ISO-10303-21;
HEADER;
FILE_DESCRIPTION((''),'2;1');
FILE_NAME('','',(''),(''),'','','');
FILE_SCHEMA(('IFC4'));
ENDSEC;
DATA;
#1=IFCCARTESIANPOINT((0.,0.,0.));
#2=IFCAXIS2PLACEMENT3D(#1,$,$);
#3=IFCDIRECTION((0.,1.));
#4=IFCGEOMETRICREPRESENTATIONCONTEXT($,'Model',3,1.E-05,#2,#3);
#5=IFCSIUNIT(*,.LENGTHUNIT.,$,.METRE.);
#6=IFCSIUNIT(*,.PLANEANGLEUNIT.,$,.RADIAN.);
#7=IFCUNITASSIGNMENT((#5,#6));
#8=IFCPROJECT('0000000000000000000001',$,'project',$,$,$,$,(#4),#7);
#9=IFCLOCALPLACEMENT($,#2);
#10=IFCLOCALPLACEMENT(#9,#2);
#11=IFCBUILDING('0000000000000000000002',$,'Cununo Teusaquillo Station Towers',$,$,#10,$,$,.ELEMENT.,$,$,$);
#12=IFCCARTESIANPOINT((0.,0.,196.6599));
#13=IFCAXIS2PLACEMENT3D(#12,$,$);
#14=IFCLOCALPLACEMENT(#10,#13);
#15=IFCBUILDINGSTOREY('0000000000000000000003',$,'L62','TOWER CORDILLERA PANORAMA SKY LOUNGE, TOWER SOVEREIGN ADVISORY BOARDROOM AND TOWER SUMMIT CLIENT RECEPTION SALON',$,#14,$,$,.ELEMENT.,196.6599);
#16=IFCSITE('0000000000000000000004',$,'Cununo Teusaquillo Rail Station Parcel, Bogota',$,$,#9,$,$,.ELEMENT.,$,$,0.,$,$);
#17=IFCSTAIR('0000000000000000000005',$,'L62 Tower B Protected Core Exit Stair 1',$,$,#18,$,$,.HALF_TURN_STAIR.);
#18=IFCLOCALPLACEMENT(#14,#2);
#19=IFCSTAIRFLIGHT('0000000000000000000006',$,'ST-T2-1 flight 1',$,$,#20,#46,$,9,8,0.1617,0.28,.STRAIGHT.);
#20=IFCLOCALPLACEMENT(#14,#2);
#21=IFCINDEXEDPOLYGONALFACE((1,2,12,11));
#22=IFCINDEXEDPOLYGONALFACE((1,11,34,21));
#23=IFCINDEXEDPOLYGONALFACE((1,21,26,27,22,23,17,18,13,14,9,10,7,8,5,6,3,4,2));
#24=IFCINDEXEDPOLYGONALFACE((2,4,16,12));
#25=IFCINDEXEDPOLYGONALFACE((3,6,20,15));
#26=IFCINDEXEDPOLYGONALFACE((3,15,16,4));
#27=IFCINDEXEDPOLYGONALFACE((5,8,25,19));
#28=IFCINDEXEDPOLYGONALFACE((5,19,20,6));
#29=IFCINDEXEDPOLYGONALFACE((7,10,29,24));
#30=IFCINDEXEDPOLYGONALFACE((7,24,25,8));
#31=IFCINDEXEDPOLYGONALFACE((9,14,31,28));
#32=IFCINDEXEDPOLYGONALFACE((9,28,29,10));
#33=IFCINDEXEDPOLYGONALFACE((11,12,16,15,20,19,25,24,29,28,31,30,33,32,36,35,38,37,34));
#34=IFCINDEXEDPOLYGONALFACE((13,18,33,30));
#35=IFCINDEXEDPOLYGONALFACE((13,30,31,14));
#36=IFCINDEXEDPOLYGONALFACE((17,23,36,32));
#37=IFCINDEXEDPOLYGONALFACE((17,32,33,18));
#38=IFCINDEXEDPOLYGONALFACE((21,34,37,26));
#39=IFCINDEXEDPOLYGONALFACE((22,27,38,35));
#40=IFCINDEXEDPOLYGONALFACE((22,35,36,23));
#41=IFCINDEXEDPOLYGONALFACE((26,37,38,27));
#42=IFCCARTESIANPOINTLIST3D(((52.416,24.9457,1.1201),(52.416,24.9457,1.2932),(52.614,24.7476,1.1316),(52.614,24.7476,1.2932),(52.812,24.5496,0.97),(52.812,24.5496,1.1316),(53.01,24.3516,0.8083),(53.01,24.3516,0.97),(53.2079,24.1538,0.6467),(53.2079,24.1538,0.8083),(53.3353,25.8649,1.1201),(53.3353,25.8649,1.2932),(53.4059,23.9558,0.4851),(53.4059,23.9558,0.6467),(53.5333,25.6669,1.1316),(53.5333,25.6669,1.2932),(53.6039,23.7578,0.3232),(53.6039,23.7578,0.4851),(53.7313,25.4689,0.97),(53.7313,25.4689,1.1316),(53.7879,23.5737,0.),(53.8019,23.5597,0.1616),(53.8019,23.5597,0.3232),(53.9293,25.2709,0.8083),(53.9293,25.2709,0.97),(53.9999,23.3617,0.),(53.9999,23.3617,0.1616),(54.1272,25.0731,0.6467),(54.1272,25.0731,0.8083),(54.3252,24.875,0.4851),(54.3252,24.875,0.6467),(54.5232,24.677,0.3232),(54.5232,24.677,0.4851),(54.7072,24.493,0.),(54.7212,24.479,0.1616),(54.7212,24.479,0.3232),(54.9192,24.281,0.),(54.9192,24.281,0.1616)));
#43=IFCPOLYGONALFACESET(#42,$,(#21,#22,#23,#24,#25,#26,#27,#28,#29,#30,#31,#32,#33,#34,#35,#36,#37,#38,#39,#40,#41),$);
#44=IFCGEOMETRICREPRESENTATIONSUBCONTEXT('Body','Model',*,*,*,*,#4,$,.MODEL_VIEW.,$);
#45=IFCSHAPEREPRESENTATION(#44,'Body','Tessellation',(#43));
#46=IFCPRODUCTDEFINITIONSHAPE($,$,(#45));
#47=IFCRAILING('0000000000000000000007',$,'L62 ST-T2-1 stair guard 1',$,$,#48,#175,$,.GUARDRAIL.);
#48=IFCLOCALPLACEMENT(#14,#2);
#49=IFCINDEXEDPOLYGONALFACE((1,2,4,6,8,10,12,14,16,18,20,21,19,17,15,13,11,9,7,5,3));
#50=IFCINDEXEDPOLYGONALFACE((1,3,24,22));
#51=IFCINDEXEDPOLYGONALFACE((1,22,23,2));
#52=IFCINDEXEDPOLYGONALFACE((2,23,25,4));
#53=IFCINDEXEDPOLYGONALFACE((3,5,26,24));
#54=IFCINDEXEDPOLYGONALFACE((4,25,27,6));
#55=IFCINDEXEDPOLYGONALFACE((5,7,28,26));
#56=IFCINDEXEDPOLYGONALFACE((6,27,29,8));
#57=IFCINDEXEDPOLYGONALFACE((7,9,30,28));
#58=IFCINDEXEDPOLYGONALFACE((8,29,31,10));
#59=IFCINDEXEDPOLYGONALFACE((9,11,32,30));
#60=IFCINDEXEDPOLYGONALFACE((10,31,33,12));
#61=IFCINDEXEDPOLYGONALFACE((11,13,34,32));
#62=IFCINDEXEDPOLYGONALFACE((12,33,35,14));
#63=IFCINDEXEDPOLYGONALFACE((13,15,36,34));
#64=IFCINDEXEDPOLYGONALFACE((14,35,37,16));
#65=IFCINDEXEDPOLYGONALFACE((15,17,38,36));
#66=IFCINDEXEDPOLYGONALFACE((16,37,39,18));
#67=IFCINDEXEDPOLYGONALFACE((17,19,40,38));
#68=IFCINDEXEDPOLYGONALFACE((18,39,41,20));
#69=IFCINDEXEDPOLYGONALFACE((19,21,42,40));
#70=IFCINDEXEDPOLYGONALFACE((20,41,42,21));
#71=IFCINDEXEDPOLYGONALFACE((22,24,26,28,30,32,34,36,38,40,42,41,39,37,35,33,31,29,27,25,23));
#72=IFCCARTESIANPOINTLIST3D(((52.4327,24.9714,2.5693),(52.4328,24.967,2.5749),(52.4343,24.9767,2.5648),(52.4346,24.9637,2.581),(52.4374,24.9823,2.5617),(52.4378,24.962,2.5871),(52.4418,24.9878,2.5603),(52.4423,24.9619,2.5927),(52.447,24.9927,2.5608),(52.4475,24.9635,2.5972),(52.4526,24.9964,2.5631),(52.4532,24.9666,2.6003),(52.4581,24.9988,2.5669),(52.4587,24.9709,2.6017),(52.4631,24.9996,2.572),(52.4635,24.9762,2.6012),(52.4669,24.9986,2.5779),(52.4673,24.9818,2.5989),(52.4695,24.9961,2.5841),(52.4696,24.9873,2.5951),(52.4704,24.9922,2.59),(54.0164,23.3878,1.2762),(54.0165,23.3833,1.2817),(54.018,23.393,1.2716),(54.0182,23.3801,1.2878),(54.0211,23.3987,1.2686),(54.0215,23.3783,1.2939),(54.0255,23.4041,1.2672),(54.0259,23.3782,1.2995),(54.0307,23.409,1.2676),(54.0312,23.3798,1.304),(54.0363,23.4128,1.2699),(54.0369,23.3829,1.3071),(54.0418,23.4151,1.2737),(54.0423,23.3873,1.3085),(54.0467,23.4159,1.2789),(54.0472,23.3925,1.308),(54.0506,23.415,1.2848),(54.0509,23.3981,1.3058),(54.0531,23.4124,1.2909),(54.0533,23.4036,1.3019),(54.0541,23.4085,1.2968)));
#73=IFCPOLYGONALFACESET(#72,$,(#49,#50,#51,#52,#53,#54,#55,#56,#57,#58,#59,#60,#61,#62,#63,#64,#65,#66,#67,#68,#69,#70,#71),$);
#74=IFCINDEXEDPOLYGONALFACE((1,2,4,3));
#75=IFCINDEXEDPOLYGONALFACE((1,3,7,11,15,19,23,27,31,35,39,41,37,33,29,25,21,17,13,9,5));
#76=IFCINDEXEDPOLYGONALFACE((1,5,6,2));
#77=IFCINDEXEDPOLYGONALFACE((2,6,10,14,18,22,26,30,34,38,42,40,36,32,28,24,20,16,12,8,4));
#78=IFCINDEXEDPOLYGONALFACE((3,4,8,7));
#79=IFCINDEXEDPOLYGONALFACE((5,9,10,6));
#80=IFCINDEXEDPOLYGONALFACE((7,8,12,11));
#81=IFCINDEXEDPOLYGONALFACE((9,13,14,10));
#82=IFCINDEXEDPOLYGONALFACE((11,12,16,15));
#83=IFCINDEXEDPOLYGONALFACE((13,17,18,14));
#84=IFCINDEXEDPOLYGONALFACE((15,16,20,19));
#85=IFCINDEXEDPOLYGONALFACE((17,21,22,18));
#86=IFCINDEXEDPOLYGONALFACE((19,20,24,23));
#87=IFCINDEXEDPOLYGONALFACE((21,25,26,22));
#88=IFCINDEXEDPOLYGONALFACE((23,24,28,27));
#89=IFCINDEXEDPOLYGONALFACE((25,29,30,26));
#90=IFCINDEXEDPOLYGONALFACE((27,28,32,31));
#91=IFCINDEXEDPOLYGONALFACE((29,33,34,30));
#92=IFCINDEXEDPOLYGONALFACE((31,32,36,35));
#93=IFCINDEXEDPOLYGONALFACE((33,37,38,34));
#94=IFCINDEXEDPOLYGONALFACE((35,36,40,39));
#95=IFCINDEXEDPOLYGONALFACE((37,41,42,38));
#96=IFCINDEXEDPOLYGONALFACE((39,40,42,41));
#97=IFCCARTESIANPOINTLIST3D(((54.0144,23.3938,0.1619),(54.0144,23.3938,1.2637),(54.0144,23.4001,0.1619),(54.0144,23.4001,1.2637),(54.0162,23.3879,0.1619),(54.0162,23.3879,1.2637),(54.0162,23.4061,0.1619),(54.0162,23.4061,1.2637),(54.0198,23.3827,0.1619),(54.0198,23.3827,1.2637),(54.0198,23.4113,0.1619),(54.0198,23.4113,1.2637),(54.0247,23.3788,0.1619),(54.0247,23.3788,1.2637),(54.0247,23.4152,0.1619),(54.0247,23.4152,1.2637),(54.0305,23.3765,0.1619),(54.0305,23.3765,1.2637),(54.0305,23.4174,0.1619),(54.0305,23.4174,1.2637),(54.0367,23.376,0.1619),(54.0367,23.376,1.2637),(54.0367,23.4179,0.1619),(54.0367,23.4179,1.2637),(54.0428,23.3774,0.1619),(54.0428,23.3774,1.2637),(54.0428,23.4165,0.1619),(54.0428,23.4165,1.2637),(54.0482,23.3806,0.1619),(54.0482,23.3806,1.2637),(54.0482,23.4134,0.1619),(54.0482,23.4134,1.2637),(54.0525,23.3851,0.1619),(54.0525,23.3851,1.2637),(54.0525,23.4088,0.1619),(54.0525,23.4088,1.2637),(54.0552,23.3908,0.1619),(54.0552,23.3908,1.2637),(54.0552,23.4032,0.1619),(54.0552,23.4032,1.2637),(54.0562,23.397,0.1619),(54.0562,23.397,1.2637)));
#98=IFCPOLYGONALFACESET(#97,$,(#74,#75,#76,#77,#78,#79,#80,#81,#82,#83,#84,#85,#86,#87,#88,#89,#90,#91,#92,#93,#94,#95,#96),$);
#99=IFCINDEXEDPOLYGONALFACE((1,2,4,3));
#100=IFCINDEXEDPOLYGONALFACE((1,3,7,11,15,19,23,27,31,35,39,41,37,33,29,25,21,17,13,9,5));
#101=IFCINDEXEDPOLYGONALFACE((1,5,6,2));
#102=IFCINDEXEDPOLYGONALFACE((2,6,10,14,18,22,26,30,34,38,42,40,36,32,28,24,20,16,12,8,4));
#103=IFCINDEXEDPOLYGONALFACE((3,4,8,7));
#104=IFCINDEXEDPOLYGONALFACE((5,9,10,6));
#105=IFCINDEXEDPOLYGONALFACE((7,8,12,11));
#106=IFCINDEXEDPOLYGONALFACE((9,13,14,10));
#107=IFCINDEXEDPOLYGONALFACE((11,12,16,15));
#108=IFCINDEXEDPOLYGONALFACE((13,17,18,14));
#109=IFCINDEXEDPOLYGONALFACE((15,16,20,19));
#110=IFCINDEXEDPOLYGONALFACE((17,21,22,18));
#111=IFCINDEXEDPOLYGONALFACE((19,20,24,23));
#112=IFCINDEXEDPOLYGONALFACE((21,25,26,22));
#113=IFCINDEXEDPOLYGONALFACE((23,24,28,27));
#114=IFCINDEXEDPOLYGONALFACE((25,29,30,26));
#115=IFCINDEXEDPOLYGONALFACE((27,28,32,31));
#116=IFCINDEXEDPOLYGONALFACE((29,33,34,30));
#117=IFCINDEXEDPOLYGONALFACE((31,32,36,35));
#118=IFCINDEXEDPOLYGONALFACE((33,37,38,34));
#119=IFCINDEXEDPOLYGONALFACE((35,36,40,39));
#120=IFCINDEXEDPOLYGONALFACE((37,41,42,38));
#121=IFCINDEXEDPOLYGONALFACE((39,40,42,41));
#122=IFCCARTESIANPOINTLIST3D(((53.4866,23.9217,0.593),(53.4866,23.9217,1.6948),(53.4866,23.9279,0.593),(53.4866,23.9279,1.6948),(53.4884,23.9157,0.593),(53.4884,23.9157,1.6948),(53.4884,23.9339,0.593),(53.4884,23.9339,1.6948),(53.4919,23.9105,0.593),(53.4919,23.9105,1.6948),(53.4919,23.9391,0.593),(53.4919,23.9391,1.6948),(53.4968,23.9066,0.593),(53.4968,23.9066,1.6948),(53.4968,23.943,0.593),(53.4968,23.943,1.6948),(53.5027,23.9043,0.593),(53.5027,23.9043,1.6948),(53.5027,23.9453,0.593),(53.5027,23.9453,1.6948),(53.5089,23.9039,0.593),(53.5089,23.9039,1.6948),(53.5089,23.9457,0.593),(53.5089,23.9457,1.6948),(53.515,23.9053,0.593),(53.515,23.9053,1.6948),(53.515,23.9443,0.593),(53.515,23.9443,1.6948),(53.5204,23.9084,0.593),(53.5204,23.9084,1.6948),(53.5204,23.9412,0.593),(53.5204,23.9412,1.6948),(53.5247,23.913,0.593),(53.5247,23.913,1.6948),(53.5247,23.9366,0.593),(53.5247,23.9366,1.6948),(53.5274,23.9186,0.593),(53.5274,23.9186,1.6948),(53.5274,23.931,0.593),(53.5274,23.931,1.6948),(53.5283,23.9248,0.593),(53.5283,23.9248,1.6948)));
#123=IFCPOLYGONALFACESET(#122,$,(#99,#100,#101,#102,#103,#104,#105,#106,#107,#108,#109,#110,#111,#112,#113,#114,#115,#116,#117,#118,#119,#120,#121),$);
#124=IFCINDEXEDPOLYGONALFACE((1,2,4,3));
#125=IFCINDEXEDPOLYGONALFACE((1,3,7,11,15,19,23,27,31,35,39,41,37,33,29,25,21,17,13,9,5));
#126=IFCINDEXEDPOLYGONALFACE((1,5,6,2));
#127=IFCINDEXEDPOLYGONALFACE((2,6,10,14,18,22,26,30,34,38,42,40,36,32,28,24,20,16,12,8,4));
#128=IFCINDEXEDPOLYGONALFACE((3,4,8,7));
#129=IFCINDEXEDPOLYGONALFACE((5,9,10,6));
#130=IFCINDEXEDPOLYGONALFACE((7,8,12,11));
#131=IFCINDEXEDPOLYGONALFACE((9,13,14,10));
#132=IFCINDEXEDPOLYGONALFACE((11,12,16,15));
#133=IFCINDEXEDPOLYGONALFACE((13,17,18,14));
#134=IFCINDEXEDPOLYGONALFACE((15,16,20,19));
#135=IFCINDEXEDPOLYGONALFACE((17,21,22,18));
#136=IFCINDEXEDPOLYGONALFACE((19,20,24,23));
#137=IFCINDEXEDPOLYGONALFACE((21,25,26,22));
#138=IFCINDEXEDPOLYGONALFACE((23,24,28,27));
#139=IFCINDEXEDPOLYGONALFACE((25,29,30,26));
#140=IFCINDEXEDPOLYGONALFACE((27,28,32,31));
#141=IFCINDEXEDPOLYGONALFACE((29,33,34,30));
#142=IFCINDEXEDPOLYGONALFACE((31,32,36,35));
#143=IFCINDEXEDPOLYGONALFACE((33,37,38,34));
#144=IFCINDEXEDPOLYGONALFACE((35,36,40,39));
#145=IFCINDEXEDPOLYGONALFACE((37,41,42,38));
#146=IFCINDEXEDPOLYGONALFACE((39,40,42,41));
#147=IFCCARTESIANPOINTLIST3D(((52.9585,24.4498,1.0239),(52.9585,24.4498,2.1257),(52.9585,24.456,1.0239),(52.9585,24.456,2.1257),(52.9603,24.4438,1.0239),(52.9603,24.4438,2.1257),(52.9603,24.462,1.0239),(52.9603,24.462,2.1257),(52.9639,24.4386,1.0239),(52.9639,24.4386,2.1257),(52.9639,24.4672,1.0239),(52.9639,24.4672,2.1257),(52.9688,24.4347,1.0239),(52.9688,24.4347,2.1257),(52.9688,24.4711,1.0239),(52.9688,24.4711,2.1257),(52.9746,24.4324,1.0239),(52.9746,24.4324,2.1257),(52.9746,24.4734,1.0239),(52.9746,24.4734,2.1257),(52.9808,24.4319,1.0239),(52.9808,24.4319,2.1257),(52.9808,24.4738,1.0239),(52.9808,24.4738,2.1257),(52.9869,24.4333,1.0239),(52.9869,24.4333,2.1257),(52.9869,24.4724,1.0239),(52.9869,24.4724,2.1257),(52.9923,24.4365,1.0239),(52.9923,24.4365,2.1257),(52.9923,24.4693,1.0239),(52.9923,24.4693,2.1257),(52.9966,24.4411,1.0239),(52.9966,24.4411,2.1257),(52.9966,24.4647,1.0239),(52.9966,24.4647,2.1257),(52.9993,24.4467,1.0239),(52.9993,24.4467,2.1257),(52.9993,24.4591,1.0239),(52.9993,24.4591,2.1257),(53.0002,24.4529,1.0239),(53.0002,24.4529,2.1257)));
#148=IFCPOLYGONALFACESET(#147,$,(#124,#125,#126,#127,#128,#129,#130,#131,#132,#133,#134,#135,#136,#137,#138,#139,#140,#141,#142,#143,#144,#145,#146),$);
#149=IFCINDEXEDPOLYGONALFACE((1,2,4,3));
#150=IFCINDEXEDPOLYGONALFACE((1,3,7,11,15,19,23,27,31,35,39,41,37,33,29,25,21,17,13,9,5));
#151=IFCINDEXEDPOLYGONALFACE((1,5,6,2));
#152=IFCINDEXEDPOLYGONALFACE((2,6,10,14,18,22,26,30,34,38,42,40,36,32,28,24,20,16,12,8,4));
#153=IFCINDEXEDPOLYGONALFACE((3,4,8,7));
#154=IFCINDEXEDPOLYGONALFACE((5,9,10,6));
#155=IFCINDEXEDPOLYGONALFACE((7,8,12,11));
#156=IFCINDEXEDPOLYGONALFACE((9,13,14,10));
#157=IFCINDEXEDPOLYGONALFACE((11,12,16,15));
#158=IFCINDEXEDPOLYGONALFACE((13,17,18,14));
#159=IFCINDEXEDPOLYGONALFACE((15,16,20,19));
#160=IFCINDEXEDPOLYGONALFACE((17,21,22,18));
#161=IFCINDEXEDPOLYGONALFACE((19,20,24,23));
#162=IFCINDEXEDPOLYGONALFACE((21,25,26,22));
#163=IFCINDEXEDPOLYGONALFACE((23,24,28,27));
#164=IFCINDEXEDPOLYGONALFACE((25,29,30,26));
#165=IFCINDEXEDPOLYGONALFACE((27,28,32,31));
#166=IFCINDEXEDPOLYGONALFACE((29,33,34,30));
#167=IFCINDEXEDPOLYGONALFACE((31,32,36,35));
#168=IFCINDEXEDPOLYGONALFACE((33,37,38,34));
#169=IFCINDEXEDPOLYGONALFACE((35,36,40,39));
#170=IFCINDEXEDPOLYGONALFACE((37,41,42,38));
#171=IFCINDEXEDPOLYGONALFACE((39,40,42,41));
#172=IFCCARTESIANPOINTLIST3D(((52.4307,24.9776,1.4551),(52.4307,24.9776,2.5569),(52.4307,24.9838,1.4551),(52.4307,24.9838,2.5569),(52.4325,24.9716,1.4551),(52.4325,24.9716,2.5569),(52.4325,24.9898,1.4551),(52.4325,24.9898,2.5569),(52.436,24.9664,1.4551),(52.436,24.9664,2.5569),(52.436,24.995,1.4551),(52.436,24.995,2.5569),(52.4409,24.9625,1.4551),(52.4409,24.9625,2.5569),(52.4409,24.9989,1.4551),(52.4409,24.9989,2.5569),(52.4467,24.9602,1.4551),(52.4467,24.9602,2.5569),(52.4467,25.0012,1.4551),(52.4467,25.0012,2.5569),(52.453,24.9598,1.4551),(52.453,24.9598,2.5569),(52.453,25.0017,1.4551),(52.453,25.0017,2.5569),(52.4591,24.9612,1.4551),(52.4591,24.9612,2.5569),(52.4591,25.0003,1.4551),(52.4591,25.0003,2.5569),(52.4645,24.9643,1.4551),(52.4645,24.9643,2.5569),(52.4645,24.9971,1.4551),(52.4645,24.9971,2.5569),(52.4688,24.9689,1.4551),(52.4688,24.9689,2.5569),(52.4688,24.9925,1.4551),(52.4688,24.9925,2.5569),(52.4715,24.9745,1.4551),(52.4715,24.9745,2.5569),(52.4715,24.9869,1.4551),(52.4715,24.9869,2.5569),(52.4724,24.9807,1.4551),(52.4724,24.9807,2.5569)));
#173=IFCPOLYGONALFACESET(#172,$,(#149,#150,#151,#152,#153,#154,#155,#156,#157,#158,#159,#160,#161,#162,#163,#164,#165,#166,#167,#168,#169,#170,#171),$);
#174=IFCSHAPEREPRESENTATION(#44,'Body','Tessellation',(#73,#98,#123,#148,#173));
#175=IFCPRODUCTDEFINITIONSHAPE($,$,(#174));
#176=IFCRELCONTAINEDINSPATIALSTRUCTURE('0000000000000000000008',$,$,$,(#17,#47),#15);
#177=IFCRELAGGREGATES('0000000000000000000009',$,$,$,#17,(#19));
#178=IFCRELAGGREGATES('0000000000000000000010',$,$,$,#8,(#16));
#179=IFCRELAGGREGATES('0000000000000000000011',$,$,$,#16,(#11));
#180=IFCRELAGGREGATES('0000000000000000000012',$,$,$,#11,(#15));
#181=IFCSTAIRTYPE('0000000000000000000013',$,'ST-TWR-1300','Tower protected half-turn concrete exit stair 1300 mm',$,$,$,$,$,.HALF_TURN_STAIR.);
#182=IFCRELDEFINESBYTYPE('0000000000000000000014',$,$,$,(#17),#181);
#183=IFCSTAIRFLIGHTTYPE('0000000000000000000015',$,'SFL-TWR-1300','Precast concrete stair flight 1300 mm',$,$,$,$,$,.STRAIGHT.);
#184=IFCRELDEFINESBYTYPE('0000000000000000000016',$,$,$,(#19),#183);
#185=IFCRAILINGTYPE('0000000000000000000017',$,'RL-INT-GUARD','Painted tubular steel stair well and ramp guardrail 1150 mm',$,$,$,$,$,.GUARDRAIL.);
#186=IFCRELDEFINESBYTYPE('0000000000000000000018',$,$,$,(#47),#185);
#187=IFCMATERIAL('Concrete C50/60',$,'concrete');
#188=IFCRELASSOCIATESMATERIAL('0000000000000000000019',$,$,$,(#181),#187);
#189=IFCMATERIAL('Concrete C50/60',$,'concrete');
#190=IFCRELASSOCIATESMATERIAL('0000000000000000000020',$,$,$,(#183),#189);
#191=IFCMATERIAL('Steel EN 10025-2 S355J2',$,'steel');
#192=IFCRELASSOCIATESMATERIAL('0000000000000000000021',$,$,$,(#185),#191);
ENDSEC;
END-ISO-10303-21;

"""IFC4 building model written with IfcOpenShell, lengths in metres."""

from ifc_helpers import new_model, si_unit, direction, frame, origin, origin_2d, place, context, subcontext, project, spatial, polyline, circle, outline, extrude, material, type_object, element, aggregate, save


model = new_model("IFC4")

# Units and contexts
model_context = context("Model", 3, precision=1e-05, world=origin(), true_north=direction((0.0, 1.0)))
body_context = subcontext(model_context, "Body", "Model", "MODEL_VIEW")
ifc_project = project(units=[si_unit("LENGTHUNIT", "METRE"), si_unit("PLANEANGLEUNIT", "RADIAN")], contexts=[model_context])

# Site, building, storey
site_placement = place(None, origin())
site = spatial("IfcSite", under=ifc_project, at=site_placement, Name="Cununo Teusaquillo Rail Station Parcel, Bogota", CompositionType="ELEMENT", RefElevation=0.0)
building_placement = place(site_placement, origin())
building = spatial("IfcBuilding", under=site, at=building_placement, Name="Cununo Teusaquillo Station Towers", CompositionType="ELEMENT")
storey_placement = place(building_placement, frame((0.0, 0.0, 196.6599)))
storey = spatial("IfcBuildingStorey", under=building, at=storey_placement, Name="L62", Description="TOWER CORDILLERA PANORAMA SKY LOUNGE, TOWER SOVEREIGN ADVISORY BOARDROOM AND TOWER SUMMIT CLIENT RECEPTION SALON", CompositionType="ELEMENT", Elevation=196.6599)

# Stair, stair flight
ifc_material_1 = material(Name="Concrete C50/60", Category="concrete")
stair_type = type_object("IfcStairType", Name="ST-TWR-1300", Description="Tower protected half-turn concrete exit stair 1300 mm", PredefinedType="HALF_TURN_STAIR", material=ifc_material_1)
stair_placement = place(storey_placement, origin())
stair = element("IfcStair", 1, at=stair_placement, inside=storey, type_object=stair_type, Name="L62 Tower B Protected Core Exit Stair 1", PredefinedType="HALF_TURN_STAIR")
ifc_material_2 = material(Name="Concrete C50/60", Category="concrete")
stair_flight_type = type_object("IfcStairFlightType", Name="SFL-TWR-1300", Description="Precast concrete stair flight 1300 mm", PredefinedType="STRAIGHT", material=ifc_material_2)
stair_flight_placement = place(storey_placement, frame((54.4595, 23.8213, 0.0), z_axis=(0.0, 0.0, 1.0), x_axis=(-0.707107, 0.707107, 0.0)))
stair_flight = element("IfcStairFlight", 2, at=stair_flight_placement, type_object=stair_flight_type, Name="ST-T2-1 flight 1", NumberOfRisers=9, NumberOfTreads=8, PredefinedType="STRAIGHT", RiserHeight=0.1617, TreadLength=0.28, context=body_context, shape_type="SweptSolid", body=[
    extrude(outline(polyline([(0.0, 0.0), (0.0, 0.1616), (0.28, 0.1616), (0.28, 0.3232), (0.5601, 0.3232), (0.5601, 0.4851), (0.8401, 0.4851), (0.8401, 0.6467), (1.1201, 0.6467), (1.1201, 0.8083), (1.3999, 0.8083), (1.3999, 0.97), (1.6799, 0.97), (1.6799, 1.1316), (1.96, 1.1316), (1.96, 1.2932), (2.24, 1.2932), (2.24, 1.4551), (2.24, 1.1201), (0.2998, 0.0), (0.0, 0.0)])), frame((0.0, 0.6499, 0.0), z_axis=(0.0, -1.0, 0.0), x_axis=(1.0, 0.0, 0.0)), (0.0, 0.0, 1.0), 1.3),
])
aggregate(stair, [stair_flight])

# Railing
ifc_material_3 = material(Name="Steel EN 10025-2 S355J2", Category="steel")
railing_type_1 = type_object("IfcRailingType", Name="RL-INT-GUARD", Description="Painted tubular steel stair well and ramp guardrail 1150 mm", PredefinedType="GUARDRAIL", material=ifc_material_3)
railing_1_placement = place(storey_placement, frame((54.0352, 23.397, 0.1619)))
element("IfcRailing", 3, at=railing_1_placement, inside=storey, type_object=railing_type_1, Name="L62 ST-T2-1 stair guard 1", PredefinedType="GUARDRAIL", context=body_context, shape_type="SweptSolid", body=[
    extrude(circle(Radius=0.0239, at=origin_2d()), frame((0.0, 0.0, 1.126), z_axis=(-0.612361, 0.612361, 0.500027), x_axis=(-0.707107, -0.707107, 0.0)), (0.0, 0.0, 1.0), 2.5862),
    extrude(circle(Radius=0.021, at=origin_2d()), origin(), (0.0, 0.0, 1.0), 1.1018),
    extrude(circle(Radius=0.021, at=origin_2d()), frame((-0.5278, 0.5278, 0.4312)), (0.0, 0.0, 1.0), 1.1018),
    extrude(circle(Radius=0.021, at=origin_2d()), frame((-1.0559, 1.0559, 0.8621)), (0.0, 0.0, 1.0), 1.1018),
    extrude(circle(Radius=0.021, at=origin_2d()), frame((-1.5837, 1.5837, 1.2932)), (0.0, 0.0, 1.0), 1.1018),
])

save(model, "model.ifc")
